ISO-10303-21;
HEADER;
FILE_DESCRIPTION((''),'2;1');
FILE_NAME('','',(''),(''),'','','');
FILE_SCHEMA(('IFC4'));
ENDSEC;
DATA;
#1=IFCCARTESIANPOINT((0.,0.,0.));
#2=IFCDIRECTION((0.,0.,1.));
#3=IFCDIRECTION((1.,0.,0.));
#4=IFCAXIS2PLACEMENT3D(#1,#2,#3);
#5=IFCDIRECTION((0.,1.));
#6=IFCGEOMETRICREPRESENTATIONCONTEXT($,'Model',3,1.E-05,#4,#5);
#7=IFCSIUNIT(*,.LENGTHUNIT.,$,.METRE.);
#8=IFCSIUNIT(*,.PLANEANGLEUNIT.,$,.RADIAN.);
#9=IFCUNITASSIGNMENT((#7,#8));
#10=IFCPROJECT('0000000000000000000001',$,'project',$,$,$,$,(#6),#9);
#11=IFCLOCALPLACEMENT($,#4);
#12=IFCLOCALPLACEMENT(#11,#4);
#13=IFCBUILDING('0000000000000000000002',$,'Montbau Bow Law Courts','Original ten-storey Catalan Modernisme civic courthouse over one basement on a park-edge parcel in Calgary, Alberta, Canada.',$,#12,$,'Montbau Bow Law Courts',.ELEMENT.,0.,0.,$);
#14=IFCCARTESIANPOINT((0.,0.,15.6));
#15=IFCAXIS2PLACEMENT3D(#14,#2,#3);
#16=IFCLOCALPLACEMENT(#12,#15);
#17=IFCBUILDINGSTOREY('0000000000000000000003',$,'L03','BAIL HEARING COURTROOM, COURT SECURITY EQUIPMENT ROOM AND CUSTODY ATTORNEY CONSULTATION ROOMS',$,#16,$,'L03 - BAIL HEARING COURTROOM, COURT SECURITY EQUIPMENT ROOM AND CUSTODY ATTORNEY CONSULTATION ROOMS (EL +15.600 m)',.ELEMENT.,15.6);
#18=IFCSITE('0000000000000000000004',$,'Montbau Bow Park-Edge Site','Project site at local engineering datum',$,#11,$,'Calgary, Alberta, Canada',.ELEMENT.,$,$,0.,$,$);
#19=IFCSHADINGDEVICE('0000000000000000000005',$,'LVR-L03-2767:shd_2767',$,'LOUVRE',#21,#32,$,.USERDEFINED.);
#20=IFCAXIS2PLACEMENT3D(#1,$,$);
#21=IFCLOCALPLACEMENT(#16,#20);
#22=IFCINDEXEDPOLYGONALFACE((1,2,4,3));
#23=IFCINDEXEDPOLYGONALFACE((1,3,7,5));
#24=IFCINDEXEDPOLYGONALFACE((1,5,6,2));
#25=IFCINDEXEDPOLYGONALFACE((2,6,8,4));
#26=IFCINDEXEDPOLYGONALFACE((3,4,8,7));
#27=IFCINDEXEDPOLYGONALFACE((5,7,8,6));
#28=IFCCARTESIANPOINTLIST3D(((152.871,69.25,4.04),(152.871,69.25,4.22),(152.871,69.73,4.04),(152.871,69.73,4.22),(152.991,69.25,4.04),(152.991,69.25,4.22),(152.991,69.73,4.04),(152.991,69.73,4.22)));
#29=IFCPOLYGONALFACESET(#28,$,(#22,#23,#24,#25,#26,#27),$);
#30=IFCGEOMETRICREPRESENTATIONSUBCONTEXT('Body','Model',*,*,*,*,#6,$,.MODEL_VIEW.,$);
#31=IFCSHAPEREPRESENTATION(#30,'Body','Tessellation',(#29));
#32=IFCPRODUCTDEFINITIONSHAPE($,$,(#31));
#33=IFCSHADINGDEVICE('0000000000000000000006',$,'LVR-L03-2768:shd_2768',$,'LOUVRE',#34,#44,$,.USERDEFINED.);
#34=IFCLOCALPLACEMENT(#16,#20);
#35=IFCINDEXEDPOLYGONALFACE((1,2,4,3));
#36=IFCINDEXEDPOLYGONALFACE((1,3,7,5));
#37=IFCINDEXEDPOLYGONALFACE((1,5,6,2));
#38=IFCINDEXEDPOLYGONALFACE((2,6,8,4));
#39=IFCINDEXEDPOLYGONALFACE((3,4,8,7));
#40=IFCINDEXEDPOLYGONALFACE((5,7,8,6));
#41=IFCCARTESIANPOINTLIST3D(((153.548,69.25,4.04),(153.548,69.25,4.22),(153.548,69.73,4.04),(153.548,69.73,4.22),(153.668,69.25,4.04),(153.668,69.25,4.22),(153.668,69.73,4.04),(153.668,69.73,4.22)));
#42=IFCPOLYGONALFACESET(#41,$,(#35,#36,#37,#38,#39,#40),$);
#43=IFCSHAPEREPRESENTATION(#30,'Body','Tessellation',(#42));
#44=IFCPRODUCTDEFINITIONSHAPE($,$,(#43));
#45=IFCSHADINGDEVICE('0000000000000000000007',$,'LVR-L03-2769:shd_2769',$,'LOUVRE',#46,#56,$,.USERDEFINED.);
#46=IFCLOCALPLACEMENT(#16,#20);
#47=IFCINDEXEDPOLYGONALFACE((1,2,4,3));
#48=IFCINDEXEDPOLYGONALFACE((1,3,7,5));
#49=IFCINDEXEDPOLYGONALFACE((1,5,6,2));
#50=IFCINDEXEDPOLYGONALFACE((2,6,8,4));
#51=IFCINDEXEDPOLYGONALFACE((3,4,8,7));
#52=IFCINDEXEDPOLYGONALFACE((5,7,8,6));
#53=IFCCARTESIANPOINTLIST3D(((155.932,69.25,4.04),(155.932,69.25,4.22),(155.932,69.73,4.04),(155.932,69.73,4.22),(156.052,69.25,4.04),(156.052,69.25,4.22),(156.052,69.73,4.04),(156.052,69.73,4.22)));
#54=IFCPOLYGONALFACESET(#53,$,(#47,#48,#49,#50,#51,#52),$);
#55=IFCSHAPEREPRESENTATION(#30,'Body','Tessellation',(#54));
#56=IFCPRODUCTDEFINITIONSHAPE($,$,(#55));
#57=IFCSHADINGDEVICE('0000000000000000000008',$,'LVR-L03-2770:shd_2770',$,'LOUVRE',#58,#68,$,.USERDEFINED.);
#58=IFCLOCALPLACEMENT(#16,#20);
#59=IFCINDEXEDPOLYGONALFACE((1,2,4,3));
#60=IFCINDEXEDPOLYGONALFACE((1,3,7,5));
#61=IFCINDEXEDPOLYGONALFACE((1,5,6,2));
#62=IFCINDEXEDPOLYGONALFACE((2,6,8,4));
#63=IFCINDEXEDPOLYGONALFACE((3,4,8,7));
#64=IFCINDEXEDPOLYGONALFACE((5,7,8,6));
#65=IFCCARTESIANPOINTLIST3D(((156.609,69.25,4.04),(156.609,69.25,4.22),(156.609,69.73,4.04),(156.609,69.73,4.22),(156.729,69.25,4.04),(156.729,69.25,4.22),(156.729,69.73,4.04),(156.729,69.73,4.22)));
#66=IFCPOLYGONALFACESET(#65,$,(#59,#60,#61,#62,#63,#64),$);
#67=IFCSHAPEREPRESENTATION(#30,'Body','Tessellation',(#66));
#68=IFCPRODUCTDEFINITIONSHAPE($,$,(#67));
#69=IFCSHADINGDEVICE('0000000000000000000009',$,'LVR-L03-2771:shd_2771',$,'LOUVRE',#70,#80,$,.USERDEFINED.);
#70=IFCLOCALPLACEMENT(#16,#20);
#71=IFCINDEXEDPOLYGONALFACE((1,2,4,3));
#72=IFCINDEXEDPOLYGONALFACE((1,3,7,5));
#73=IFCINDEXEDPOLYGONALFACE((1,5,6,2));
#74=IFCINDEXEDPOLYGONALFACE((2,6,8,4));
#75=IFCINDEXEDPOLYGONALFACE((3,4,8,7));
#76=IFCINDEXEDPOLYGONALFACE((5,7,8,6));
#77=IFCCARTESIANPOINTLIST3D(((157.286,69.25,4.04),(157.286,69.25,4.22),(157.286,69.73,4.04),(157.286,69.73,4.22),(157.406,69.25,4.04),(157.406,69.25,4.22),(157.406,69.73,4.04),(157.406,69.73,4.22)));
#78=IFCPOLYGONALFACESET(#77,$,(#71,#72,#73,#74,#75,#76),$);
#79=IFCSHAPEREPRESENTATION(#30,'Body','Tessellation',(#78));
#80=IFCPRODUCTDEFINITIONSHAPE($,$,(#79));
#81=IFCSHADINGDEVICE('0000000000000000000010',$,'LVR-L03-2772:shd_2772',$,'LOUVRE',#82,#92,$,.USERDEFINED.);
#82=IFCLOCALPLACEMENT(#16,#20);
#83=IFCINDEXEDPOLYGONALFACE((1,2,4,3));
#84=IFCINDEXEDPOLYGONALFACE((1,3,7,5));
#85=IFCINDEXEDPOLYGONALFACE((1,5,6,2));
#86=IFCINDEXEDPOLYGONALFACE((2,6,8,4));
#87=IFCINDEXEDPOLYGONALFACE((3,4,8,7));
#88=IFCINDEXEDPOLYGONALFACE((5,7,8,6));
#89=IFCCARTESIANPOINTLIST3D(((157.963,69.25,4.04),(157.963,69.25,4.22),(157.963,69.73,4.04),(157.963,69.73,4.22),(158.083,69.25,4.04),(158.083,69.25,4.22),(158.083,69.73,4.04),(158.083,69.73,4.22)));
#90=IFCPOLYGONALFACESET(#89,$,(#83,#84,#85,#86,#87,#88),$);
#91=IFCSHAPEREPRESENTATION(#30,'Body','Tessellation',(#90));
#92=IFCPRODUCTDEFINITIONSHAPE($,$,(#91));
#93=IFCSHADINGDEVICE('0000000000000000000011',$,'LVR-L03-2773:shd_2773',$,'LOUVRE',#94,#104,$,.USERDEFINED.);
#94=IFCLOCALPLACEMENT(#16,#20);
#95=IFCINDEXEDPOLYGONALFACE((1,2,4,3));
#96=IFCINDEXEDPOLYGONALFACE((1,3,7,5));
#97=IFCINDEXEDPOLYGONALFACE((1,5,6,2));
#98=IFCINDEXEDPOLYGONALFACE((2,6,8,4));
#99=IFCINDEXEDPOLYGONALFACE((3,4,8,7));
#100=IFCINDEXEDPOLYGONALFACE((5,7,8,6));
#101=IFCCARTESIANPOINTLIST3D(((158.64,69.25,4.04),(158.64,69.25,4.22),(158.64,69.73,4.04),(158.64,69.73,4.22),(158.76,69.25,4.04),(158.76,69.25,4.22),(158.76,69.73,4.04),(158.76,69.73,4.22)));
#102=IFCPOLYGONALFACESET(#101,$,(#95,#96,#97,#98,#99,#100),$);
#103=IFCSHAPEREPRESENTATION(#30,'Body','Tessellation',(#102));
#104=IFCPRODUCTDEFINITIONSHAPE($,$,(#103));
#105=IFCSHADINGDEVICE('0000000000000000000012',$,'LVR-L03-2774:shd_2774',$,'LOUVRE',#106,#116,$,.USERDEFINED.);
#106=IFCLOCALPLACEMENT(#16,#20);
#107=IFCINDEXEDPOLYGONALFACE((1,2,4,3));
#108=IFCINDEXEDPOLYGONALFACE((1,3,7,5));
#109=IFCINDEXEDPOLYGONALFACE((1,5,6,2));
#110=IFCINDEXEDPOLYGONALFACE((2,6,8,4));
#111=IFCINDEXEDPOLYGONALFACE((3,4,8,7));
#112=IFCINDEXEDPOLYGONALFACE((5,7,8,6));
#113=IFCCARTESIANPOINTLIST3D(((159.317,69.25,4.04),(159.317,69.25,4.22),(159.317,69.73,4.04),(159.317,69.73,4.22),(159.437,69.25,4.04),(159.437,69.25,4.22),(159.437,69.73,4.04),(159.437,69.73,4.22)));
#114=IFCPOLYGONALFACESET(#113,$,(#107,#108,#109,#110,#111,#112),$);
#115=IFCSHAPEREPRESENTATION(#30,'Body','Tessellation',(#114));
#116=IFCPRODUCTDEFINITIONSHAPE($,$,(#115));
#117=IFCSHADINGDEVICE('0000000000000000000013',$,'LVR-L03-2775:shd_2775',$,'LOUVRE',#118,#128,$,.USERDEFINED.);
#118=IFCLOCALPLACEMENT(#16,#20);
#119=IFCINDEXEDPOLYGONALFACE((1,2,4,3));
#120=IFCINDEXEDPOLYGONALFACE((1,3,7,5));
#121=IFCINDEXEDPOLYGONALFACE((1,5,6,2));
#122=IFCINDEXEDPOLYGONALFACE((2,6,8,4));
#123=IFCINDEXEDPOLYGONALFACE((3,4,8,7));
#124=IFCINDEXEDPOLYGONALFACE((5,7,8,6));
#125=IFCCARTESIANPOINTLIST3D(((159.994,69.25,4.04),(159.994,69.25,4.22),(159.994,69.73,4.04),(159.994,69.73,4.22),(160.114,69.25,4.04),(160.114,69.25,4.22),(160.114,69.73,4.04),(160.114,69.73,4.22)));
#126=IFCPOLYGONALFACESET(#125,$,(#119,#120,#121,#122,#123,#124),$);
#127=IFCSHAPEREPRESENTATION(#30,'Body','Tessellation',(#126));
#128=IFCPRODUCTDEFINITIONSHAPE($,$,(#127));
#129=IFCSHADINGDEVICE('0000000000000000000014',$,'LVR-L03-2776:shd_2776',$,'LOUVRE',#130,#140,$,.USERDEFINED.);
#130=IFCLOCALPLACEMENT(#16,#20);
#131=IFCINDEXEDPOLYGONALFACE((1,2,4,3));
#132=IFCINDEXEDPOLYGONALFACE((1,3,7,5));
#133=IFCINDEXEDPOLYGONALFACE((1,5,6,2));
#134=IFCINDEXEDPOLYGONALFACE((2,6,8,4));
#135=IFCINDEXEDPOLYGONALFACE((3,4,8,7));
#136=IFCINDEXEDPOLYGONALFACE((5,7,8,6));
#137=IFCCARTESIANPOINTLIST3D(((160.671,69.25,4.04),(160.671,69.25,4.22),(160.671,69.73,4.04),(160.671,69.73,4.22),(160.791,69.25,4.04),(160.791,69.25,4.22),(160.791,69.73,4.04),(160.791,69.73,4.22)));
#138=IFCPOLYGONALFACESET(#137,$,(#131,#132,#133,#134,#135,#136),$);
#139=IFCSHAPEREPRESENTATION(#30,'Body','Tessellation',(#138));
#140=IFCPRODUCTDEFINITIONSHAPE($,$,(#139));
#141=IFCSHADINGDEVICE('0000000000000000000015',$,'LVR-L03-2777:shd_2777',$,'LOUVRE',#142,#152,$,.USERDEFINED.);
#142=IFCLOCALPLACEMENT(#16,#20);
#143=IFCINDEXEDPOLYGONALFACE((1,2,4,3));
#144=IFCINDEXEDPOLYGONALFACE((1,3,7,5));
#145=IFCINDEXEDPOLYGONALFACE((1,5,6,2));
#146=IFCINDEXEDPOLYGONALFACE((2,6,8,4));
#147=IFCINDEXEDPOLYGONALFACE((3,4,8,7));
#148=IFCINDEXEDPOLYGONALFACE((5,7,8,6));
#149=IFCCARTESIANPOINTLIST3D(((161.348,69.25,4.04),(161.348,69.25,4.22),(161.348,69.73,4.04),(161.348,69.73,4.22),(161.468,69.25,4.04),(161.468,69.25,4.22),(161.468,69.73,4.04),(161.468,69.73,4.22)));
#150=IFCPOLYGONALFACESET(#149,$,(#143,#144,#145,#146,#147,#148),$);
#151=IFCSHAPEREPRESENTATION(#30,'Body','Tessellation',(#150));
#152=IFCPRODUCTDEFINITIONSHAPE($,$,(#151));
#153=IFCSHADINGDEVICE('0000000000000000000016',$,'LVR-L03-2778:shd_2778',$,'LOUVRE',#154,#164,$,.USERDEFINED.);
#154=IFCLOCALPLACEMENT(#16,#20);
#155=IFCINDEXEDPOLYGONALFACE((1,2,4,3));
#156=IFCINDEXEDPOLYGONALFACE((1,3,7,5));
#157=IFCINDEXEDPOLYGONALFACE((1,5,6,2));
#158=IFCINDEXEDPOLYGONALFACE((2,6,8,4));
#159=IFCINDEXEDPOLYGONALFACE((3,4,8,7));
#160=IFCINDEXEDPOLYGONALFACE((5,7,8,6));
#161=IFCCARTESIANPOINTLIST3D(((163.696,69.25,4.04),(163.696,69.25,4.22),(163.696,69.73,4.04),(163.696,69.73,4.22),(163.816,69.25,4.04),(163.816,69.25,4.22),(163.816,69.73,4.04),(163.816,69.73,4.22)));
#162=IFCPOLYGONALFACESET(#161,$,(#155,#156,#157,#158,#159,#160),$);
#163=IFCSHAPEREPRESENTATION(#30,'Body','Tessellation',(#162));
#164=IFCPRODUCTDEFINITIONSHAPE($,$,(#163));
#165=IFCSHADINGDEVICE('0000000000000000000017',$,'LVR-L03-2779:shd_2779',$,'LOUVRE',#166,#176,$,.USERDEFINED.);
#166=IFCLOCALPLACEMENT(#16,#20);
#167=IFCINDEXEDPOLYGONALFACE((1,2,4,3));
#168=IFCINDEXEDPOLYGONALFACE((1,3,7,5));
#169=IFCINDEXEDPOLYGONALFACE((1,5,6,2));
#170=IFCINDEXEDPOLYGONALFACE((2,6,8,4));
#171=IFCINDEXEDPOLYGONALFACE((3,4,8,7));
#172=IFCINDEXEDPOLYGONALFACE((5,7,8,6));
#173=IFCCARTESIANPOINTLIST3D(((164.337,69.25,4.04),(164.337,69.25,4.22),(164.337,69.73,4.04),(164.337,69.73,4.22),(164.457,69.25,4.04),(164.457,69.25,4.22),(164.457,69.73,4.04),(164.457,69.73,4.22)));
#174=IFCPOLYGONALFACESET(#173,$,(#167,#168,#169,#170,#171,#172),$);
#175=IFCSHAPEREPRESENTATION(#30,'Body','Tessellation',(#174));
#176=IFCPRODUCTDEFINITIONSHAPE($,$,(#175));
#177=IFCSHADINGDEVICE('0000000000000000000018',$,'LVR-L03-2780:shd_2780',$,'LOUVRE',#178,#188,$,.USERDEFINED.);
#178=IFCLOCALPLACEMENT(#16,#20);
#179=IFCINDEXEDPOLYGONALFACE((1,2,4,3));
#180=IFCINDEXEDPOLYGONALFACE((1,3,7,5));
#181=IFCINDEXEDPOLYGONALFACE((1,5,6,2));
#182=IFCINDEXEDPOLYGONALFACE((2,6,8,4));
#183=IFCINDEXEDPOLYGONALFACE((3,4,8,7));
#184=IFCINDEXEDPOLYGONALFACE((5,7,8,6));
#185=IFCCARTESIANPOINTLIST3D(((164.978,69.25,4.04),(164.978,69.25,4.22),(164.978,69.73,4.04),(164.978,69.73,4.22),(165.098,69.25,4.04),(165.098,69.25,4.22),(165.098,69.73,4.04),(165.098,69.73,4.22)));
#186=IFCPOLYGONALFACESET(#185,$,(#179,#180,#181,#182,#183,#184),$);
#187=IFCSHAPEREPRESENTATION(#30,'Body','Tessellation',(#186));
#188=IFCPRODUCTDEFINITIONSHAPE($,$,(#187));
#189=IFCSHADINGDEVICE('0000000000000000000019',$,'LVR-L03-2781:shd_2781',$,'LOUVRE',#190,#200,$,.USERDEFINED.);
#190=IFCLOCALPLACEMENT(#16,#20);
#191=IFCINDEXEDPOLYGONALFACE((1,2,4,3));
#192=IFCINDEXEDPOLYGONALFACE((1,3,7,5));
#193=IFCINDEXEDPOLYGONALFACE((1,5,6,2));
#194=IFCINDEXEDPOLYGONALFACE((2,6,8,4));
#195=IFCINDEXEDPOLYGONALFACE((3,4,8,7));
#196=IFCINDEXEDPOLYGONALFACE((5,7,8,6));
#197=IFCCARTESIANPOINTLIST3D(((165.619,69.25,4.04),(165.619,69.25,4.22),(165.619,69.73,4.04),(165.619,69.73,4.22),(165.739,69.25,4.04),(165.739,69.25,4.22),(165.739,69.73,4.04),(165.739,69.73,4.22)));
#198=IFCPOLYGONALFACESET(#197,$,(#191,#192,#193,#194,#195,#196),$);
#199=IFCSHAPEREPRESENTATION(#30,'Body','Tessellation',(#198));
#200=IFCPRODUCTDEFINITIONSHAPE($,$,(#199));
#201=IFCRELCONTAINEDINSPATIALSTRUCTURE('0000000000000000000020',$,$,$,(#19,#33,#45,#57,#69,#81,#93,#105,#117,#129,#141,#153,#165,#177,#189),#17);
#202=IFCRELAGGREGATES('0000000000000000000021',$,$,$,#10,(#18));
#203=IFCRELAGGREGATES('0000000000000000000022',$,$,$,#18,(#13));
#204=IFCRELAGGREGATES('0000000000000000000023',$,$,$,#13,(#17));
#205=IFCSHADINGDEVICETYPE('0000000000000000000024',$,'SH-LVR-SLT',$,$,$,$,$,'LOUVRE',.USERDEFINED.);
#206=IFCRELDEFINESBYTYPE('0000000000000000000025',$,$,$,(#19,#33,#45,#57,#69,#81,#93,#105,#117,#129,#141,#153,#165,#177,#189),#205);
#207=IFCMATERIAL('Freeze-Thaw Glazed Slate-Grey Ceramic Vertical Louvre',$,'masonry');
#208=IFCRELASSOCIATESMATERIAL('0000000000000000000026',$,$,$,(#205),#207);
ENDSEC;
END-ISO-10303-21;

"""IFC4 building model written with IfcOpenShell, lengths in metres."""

from ifc_helpers import new_model, si_unit, direction, frame, origin_with_axes, origin_2d_with_axis, place, context, subcontext, project, spatial, rectangle, extrude, material, type_object, element, save


model = new_model("IFC4")

# Units and contexts
model_context = context("Model", 3, precision=1e-05, world=origin_with_axes(), true_north=direction((0.0, 1.0)))
body_context = subcontext(model_context, "Body", "Model", "MODEL_VIEW")
ifc_project = project(units=[si_unit("LENGTHUNIT", "METRE"), si_unit("PLANEANGLEUNIT", "RADIAN")], contexts=[model_context])

# Site, building, storey
site_placement = place(None, origin_with_axes())
site = spatial("IfcSite", under=ifc_project, at=site_placement, Name="Montbau Bow Park-Edge Site", Description="Project site at local engineering datum", LongName="Calgary, Alberta, Canada", CompositionType="ELEMENT", RefElevation=0.0)
building_placement = place(site_placement, origin_with_axes())
building = spatial("IfcBuilding", under=site, at=building_placement, Name="Montbau Bow Law Courts", Description="Original ten-storey Catalan Modernisme civic courthouse over one basement on a park-edge parcel in Calgary, Alberta, Canada.", LongName="Montbau Bow Law Courts", CompositionType="ELEMENT", ElevationOfRefHeight=0.0, ElevationOfTerrain=0.0)
storey_placement = place(building_placement, frame((0.0, 0.0, 15.6), z_axis=(0.0, 0.0, 1.0), x_axis=(1.0, 0.0, 0.0)))
storey = spatial("IfcBuildingStorey", under=building, at=storey_placement, Name="L03", Description="BAIL HEARING COURTROOM, COURT SECURITY EQUIPMENT ROOM AND CUSTODY ATTORNEY CONSULTATION ROOMS", LongName="L03 - BAIL HEARING COURTROOM, COURT SECURITY EQUIPMENT ROOM AND CUSTODY ATTORNEY CONSULTATION ROOMS (EL +15.600 m)", CompositionType="ELEMENT", Elevation=15.6)

# Shading devices
ifc_material_1 = material(Name="Freeze-Thaw Glazed Slate-Grey Ceramic Vertical Louvre", Category="masonry")
shading_device_type = type_object("IfcShadingDeviceType", Name="SH-LVR-SLT", ElementType="LOUVRE", PredefinedType="USERDEFINED", material=ifc_material_1)
for number, where, z_axis, x_axis, name in (
    (1, (152.931, 69.49, 19.64), (0.0, 0.0, 1.0), (0.0, -1.0, 0.0), "LVR-L03-2767:shd_2767"),
    (2, (153.608, 69.49, 19.64), (0.0, 0.0, 1.0), (0.0, -1.0, 0.0), "LVR-L03-2768:shd_2768"),
    (3, (155.992, 69.49, 19.64), (0.0, 0.0, 1.0), (0.0, -1.0, 0.0), "LVR-L03-2769:shd_2769"),
    (4, (156.669, 69.49, 19.64), (0.0, 0.0, 1.0), (0.0, -1.0, 0.0), "LVR-L03-2770:shd_2770"),
    (5, (157.346, 69.49, 19.64), (0.0, 0.0, 1.0), (0.0, -1.0, 0.0), "LVR-L03-2771:shd_2771"),
    (6, (158.023, 69.49, 19.64), (0.0, 0.0, 1.0), (0.0, -1.0, 0.0), "LVR-L03-2772:shd_2772"),
    (7, (158.7, 69.49, 19.64), (0.0, 0.0, 1.0), (0.0, -1.0, 0.0), "LVR-L03-2773:shd_2773"),
    (8, (159.377, 69.49, 19.64), (0.0, 0.0, 1.0), (0.0, -1.0, 0.0), "LVR-L03-2774:shd_2774"),
    (9, (160.054, 69.49, 19.64), (0.0, 0.0, 1.0), (0.0, -1.0, 0.0), "LVR-L03-2775:shd_2775"),
    (10, (160.731, 69.49, 19.64), (0.0, 0.0, 1.0), (0.0, -1.0, 0.0), "LVR-L03-2776:shd_2776"),
    (11, (161.408, 69.49, 19.64), (0.0, 0.0, 1.0), (0.0, -1.0, 0.0), "LVR-L03-2777:shd_2777"),
    (12, (163.756, 69.49, 19.64), (0.0, 0.0, 1.0), (0.0, -1.0, 0.0), "LVR-L03-2778:shd_2778"),
    (13, (164.397, 69.49, 19.64), (0.0, 0.0, 1.0), (0.0, -1.0, 0.0), "LVR-L03-2779:shd_2779"),
    (14, (165.038, 69.49, 19.64), (0.0, 0.0, 1.0), (0.0, -1.0, 0.0), "LVR-L03-2780:shd_2780"),
    (15, (165.679, 69.49, 19.64), (0.0, 0.0, 1.0), (0.0, -1.0, 0.0), "LVR-L03-2781:shd_2781"),
):
    element("IfcShadingDevice", number, at=place(None, frame(where, z_axis=z_axis, x_axis=x_axis)), inside=storey, type_object=shading_device_type, Name=name, ObjectType="LOUVRE", PredefinedType="USERDEFINED", context=body_context, shape_type="SweptSolid", body=[
        extrude(rectangle(XDim=0.48, YDim=0.12, at=origin_2d_with_axis()), origin_with_axes(), (0.0, 0.0, 1.0), 0.18),
    ])

save(model, "model.ifc")
